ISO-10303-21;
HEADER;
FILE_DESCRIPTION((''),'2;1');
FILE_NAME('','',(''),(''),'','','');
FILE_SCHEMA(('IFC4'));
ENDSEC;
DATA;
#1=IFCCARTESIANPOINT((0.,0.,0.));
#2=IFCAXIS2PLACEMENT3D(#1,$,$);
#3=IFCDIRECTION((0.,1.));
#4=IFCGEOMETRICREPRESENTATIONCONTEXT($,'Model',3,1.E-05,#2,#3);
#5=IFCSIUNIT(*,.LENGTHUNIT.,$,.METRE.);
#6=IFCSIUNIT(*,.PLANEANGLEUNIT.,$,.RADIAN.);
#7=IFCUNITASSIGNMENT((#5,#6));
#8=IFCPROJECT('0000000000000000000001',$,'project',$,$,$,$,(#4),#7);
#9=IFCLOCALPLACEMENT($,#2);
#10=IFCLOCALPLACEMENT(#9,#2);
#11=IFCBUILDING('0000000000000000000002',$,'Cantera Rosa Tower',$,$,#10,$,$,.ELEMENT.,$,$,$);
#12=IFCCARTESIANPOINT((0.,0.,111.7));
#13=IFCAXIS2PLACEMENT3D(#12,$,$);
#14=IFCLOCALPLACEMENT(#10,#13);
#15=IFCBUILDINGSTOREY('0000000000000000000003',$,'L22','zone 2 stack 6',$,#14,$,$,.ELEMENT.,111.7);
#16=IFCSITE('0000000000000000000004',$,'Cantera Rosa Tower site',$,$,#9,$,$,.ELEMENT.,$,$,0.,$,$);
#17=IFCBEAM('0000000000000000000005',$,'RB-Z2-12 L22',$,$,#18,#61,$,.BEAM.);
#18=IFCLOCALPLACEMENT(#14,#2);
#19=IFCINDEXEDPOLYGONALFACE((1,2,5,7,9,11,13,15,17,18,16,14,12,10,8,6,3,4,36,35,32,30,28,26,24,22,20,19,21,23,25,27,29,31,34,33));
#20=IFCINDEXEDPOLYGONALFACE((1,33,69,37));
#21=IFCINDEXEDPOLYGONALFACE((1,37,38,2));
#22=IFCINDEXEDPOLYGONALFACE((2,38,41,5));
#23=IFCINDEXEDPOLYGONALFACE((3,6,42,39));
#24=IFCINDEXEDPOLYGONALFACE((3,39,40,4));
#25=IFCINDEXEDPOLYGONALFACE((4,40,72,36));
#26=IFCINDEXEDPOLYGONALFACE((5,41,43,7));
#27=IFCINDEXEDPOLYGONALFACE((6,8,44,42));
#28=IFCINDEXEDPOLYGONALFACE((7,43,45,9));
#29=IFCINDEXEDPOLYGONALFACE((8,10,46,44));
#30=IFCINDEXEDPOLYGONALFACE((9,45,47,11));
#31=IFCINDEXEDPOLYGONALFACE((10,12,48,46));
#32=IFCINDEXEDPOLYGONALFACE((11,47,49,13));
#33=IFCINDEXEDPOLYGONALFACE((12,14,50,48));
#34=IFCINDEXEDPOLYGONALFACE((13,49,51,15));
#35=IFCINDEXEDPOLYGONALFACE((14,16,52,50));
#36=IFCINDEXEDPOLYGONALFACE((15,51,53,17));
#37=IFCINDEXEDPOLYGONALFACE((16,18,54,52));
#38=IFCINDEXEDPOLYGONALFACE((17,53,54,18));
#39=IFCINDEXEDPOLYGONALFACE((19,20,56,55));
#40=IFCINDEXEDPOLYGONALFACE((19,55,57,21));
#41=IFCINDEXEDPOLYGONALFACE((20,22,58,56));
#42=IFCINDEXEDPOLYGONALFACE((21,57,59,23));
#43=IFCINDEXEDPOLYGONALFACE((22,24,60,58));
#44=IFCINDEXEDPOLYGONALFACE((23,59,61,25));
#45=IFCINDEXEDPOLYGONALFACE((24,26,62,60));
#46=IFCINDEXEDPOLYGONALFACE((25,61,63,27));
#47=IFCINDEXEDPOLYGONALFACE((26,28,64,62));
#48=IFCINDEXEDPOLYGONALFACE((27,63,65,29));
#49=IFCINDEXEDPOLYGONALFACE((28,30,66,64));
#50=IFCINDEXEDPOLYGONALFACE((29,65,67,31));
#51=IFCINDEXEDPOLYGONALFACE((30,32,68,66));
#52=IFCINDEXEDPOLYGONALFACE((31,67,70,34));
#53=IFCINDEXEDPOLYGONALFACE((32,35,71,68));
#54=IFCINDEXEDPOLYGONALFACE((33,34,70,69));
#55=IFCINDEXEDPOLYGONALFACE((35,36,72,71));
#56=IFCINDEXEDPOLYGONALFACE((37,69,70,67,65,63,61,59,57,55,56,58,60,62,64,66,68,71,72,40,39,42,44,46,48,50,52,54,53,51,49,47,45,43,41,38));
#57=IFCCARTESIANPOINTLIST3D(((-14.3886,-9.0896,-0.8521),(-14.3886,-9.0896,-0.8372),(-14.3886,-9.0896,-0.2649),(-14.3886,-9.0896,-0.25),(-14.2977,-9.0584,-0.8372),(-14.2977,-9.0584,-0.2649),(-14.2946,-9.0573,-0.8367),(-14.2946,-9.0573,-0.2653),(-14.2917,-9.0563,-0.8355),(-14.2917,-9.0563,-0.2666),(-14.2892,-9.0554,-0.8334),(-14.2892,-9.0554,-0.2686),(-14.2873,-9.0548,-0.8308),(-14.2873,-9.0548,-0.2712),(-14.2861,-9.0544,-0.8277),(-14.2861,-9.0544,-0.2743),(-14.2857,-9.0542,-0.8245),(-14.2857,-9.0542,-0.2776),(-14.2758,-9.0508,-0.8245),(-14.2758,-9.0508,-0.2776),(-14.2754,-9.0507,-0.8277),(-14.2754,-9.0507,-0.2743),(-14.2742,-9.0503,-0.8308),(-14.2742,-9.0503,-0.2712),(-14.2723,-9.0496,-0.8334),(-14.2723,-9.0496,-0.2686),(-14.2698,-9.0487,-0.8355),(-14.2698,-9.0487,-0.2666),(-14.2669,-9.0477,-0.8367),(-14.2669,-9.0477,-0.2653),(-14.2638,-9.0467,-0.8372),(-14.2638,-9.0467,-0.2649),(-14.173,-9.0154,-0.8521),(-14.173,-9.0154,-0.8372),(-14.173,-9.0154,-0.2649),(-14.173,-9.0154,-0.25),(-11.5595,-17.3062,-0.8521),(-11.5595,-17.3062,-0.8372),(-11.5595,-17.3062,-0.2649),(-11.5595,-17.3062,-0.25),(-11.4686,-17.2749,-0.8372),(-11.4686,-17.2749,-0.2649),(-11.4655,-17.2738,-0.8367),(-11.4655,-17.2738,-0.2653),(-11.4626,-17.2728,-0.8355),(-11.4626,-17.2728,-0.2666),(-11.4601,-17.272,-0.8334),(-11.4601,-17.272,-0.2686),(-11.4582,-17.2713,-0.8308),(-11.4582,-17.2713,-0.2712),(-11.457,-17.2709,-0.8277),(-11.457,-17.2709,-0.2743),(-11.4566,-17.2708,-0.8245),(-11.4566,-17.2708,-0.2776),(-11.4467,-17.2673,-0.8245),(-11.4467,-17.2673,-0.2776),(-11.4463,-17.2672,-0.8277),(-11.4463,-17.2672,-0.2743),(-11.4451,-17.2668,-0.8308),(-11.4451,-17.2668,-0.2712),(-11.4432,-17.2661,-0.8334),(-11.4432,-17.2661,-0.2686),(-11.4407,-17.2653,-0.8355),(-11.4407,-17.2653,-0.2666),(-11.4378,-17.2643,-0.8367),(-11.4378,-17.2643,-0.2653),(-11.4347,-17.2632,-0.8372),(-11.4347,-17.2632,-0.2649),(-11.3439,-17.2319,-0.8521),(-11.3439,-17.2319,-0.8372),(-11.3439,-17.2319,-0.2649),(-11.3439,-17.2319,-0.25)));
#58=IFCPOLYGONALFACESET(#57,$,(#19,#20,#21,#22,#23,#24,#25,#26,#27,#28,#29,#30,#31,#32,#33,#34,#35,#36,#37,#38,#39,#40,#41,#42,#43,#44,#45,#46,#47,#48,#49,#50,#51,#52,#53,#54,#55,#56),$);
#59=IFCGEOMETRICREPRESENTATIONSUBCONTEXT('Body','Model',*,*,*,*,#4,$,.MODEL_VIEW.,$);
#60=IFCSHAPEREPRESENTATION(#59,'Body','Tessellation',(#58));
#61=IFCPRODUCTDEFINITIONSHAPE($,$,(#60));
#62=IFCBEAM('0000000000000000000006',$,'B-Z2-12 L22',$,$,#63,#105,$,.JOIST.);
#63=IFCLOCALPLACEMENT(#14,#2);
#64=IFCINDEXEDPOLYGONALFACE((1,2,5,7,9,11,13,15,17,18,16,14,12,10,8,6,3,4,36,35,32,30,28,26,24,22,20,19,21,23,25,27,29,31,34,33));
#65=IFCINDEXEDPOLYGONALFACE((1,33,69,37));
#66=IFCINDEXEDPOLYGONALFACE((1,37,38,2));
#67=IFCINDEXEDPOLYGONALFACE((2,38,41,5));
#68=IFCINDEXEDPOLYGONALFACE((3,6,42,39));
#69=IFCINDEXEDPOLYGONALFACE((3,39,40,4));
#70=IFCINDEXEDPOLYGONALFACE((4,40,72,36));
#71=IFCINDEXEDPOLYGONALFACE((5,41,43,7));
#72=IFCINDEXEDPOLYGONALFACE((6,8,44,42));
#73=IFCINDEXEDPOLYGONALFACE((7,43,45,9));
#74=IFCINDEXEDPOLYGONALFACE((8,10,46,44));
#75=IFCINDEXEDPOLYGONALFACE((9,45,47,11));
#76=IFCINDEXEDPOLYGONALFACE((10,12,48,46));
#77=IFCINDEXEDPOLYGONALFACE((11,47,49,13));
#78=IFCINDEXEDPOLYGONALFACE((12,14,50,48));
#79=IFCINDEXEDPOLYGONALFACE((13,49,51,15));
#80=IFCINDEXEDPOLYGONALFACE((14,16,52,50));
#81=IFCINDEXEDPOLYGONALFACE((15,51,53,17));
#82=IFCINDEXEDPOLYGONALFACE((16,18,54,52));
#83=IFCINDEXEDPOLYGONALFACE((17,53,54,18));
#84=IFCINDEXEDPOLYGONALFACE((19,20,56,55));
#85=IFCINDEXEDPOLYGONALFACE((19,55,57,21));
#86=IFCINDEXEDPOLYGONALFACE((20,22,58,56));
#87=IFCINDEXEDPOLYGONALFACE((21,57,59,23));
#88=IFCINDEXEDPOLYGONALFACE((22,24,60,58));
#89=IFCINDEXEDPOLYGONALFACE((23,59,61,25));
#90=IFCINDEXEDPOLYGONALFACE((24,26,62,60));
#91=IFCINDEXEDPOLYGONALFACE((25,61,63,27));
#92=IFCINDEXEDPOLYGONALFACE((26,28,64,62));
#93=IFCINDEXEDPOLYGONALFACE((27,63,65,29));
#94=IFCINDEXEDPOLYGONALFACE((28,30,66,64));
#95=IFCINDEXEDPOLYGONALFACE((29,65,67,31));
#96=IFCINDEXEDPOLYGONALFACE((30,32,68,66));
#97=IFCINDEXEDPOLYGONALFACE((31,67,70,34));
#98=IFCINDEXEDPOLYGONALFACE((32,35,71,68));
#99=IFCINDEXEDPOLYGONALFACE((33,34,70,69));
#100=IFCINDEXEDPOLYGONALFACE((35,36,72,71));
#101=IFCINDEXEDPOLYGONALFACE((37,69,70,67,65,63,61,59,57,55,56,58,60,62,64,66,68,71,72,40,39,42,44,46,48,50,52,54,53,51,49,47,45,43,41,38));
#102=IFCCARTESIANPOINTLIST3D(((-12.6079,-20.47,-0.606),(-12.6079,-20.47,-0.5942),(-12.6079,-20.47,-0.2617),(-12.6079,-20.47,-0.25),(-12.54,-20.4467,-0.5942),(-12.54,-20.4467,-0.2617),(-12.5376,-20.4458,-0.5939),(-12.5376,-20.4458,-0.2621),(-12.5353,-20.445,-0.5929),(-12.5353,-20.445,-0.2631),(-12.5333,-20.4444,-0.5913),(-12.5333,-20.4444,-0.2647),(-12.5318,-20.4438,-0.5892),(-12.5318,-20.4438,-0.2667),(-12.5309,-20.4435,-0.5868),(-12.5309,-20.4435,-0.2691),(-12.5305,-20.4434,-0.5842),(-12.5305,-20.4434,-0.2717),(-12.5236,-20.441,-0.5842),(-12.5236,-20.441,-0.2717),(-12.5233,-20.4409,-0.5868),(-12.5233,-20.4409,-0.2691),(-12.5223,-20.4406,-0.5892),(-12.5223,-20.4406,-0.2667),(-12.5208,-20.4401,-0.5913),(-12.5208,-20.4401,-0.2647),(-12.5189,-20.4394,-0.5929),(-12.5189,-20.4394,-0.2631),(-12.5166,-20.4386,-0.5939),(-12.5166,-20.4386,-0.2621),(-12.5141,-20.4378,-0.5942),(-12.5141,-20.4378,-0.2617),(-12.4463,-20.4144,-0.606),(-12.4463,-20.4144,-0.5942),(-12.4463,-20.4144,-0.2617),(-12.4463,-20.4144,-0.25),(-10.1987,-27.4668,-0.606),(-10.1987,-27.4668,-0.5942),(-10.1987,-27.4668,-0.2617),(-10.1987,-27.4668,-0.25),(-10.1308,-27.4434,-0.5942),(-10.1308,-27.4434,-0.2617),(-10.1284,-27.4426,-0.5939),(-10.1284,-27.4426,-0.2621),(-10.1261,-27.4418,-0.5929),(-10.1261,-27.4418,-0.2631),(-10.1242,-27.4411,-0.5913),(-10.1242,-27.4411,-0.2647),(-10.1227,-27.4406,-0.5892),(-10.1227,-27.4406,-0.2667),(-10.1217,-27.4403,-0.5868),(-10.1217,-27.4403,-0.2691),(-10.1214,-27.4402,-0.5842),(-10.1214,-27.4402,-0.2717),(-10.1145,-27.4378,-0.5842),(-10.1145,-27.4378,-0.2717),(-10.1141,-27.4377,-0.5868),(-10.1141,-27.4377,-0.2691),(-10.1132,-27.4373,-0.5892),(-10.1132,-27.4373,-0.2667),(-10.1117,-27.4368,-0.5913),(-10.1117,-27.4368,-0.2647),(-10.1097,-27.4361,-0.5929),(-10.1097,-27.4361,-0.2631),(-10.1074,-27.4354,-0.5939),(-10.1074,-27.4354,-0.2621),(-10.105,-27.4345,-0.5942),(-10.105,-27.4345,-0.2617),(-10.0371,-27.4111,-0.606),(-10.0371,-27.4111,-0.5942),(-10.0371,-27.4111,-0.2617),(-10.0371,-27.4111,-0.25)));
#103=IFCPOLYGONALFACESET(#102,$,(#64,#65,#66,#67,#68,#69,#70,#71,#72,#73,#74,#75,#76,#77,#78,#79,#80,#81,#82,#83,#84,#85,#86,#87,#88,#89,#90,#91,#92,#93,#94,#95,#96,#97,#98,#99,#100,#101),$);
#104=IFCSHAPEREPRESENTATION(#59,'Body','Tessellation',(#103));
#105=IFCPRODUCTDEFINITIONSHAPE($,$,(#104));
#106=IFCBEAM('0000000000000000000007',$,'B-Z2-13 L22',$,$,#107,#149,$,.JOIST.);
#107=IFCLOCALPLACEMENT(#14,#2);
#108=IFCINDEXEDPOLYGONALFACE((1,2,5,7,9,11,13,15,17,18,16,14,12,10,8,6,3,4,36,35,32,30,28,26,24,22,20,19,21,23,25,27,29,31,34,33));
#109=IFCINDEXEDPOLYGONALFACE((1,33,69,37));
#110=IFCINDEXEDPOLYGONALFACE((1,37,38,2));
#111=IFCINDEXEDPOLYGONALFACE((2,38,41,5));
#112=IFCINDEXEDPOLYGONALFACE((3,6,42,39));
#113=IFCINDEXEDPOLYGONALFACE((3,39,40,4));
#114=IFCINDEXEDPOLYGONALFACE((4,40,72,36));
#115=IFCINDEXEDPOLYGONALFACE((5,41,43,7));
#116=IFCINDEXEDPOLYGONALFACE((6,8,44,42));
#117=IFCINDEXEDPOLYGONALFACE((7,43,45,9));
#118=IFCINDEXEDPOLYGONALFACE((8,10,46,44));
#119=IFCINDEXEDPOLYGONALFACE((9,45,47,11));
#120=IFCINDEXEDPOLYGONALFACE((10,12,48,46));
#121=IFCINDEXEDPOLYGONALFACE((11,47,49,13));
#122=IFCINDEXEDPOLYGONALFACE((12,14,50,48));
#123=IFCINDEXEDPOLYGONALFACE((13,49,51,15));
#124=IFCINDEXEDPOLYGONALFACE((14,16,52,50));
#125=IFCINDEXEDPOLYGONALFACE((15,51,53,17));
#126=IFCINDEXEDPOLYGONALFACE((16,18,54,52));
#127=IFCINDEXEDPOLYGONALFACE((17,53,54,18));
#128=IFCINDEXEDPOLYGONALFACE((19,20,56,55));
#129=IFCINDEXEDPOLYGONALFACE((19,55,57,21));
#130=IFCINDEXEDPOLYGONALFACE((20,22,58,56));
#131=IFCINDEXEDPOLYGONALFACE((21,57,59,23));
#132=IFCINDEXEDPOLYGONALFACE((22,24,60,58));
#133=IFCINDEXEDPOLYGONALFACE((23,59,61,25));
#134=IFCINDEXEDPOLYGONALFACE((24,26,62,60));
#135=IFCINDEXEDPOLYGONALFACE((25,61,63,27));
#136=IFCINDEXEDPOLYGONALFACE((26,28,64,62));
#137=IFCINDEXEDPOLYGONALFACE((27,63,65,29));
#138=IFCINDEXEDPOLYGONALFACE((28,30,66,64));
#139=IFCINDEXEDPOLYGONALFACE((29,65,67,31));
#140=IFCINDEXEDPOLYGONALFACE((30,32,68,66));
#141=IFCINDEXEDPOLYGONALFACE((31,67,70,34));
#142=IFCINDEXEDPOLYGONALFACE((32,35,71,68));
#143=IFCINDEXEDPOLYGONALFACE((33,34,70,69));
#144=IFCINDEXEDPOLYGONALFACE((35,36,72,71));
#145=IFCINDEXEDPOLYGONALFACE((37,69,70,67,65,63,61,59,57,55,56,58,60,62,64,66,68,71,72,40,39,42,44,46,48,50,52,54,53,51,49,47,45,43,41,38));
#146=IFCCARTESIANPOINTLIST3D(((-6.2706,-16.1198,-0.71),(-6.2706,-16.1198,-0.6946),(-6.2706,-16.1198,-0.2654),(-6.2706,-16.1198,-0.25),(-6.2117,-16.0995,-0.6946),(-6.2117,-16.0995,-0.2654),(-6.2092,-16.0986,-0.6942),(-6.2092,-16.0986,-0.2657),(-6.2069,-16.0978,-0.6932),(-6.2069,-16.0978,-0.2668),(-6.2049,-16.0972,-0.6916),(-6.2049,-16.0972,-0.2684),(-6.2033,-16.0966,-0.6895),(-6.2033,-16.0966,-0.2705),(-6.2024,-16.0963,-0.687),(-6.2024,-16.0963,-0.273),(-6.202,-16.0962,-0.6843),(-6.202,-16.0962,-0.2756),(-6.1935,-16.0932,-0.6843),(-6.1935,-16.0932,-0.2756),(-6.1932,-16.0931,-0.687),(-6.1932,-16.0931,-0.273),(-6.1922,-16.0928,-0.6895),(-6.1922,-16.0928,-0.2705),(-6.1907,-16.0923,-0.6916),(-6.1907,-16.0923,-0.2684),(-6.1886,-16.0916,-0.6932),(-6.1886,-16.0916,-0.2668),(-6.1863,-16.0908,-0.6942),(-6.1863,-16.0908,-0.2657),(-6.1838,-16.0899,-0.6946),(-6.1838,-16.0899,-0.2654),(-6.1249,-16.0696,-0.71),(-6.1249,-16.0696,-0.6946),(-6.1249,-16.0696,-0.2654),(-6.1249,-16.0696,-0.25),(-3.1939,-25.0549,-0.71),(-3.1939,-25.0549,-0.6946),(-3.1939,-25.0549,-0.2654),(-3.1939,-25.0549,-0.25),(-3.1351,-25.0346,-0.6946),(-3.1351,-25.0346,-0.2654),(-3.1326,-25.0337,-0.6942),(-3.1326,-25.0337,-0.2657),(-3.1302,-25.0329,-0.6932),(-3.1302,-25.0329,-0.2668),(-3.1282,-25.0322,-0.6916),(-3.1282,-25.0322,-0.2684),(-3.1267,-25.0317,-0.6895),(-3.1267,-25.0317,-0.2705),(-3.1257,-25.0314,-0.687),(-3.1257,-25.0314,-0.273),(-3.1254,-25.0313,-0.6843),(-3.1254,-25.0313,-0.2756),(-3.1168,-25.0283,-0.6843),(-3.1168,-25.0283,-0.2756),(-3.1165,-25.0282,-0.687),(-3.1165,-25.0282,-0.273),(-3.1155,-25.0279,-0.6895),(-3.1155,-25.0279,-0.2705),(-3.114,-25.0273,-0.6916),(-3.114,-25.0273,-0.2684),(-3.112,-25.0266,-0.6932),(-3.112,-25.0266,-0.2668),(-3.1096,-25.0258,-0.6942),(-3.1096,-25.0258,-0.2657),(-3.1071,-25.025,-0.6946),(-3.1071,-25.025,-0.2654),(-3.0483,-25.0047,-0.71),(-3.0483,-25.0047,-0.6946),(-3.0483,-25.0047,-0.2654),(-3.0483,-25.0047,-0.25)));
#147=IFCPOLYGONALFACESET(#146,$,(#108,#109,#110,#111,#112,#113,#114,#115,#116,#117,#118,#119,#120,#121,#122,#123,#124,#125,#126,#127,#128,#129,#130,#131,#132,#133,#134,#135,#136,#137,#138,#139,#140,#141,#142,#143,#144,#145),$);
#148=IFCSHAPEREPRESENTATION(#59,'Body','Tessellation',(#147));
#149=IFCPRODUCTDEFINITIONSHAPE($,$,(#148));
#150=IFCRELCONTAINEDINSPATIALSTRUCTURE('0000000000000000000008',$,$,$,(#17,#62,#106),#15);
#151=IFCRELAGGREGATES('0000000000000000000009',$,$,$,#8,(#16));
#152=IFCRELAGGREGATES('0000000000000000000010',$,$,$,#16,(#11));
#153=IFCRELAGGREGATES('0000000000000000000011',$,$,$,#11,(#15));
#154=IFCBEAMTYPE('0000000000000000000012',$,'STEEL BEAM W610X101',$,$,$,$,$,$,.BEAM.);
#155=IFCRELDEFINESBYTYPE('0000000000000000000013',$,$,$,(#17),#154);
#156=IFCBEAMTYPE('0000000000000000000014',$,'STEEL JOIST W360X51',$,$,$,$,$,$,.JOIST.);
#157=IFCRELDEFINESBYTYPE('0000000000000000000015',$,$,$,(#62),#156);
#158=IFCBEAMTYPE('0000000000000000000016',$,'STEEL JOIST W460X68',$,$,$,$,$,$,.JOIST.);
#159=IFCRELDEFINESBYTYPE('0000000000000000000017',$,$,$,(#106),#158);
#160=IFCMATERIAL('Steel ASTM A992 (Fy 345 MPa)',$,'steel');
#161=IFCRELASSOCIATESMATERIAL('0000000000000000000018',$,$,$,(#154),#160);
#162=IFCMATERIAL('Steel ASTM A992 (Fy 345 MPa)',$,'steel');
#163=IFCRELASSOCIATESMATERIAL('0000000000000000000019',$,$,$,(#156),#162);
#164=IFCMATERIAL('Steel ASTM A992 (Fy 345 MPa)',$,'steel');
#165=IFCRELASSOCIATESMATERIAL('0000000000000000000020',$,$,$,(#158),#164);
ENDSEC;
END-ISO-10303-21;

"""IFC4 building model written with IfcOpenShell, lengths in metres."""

from ifc_helpers import new_model, si_unit, direction, frame, origin, origin_2d, place, context, subcontext, project, spatial, i_section, extrude, material, material_profile, profile_set, type_object, element, save


model = new_model("IFC4")

# Units and contexts
model_context = context("Model", 3, precision=1e-05, world=origin(), true_north=direction((0.0, 1.0)))
body_context = subcontext(model_context, "Body", "Model", "MODEL_VIEW")
ifc_project = project(units=[si_unit("LENGTHUNIT", "METRE"), si_unit("PLANEANGLEUNIT", "RADIAN")], contexts=[model_context])

# Site, building, storey
site_placement = place(None, origin())
site = spatial("IfcSite", under=ifc_project, at=site_placement, Name="Cantera Rosa Tower site", CompositionType="ELEMENT", RefElevation=0.0)
building_placement = place(site_placement, origin())
building = spatial("IfcBuilding", under=site, at=building_placement, Name="Cantera Rosa Tower", CompositionType="ELEMENT")
storey_placement = place(building_placement, frame((0.0, 0.0, 111.7)))
storey = spatial("IfcBuildingStorey", under=building, at=storey_placement, Name="L22", Description="zone 2 stack 6", CompositionType="ELEMENT", Elevation=111.7)

# Beams
ifc_material_1 = material(Name="Steel ASTM A992 (Fy 345 MPa)", Category="steel")
ifc_material_profile_1 = material_profile(ifc_material_1, i_section(OverallWidth=0.228, OverallDepth=0.6021, WebThickness=0.0105, FlangeThickness=0.0149, FilletRadius=0.0127, at=origin_2d()), Name="W610X101")
ifc_profile_set_1 = profile_set([ifc_material_profile_1], Name="Steel ASTM A992 (Fy 345 MPa)")
beam_type_1 = type_object("IfcBeamType", Name="STEEL BEAM W610X101", PredefinedType="BEAM", material=ifc_profile_set_1)
beam_1_placement = place(storey_placement, frame((-11.4517, -17.269, -0.551), z_axis=(-0.325559, 0.945522, 0.0), x_axis=(-0.945522, -0.325559, 0.0)))
element("IfcBeam", 1, at=beam_1_placement, inside=storey, type_object=beam_type_1, Name="RB-Z2-12 L22", PredefinedType="BEAM", context=body_context, shape_type="SweptSolid", body=[
    extrude(i_section(OverallWidth=0.228, OverallDepth=0.6021, WebThickness=0.0105, FlangeThickness=0.0149, FilletRadius=0.0127, at=origin_2d()), origin(), (0.0, 0.0, 1.0), 8.6899),
])
ifc_material_2 = material(Name="Steel ASTM A992 (Fy 345 MPa)", Category="steel")
ifc_material_profile_2 = material_profile(ifc_material_2, i_section(OverallWidth=0.1709, OverallDepth=0.356, WebThickness=0.0073, FlangeThickness=0.0117, FilletRadius=0.01, at=origin_2d()), Name="W360X51")
ifc_profile_set_2 = profile_set([ifc_material_profile_2], Name="Steel ASTM A992 (Fy 345 MPa)")
beam_type_2 = type_object("IfcBeamType", Name="STEEL JOIST W360X51", PredefinedType="JOIST", material=ifc_profile_set_2)
beam_2_placement = place(storey_placement, frame((-10.1179, -27.439, -0.428), z_axis=(-0.325566, 0.945519, 0.0), x_axis=(-0.945519, -0.325566, 0.0)))
element("IfcBeam", 2, at=beam_2_placement, inside=storey, type_object=beam_type_2, Name="B-Z2-12 L22", PredefinedType="JOIST", context=body_context, shape_type="SweptSolid", body=[
    extrude(i_section(OverallWidth=0.1709, OverallDepth=0.356, WebThickness=0.0073, FlangeThickness=0.0117, FilletRadius=0.01, at=origin_2d()), origin(), (0.0, 0.0, 1.0), 7.3999),
])
ifc_material_3 = material(Name="Steel ASTM A992 (Fy 345 MPa)", Category="steel")
ifc_material_profile_3 = material_profile(ifc_material_3, i_section(OverallWidth=0.1541, OverallDepth=0.46, WebThickness=0.009, FlangeThickness=0.0154, FilletRadius=0.0103, at=origin_2d()), Name="W460X68")
ifc_profile_set_3 = profile_set([ifc_material_profile_3], Name="Steel ASTM A992 (Fy 345 MPa)")
beam_type_3 = type_object("IfcBeamType", Name="STEEL JOIST W460X68", PredefinedType="JOIST", material=ifc_profile_set_3)
beam_3_placement = place(storey_placement, frame((-3.1211, -25.0298, -0.48), z_axis=(-0.325575, 0.945516, 0.0), x_axis=(-0.945516, -0.325575, 0.0)))
element("IfcBeam", 3, at=beam_3_placement, inside=storey, type_object=beam_type_3, Name="B-Z2-13 L22", PredefinedType="JOIST", context=body_context, shape_type="SweptSolid", body=[
    extrude(i_section(OverallWidth=0.1541, OverallDepth=0.46, WebThickness=0.009, FlangeThickness=0.0154, FilletRadius=0.0103, at=origin_2d()), origin(), (0.0, 0.0, 1.0), 9.45),
])

save(model, "model.ifc")
